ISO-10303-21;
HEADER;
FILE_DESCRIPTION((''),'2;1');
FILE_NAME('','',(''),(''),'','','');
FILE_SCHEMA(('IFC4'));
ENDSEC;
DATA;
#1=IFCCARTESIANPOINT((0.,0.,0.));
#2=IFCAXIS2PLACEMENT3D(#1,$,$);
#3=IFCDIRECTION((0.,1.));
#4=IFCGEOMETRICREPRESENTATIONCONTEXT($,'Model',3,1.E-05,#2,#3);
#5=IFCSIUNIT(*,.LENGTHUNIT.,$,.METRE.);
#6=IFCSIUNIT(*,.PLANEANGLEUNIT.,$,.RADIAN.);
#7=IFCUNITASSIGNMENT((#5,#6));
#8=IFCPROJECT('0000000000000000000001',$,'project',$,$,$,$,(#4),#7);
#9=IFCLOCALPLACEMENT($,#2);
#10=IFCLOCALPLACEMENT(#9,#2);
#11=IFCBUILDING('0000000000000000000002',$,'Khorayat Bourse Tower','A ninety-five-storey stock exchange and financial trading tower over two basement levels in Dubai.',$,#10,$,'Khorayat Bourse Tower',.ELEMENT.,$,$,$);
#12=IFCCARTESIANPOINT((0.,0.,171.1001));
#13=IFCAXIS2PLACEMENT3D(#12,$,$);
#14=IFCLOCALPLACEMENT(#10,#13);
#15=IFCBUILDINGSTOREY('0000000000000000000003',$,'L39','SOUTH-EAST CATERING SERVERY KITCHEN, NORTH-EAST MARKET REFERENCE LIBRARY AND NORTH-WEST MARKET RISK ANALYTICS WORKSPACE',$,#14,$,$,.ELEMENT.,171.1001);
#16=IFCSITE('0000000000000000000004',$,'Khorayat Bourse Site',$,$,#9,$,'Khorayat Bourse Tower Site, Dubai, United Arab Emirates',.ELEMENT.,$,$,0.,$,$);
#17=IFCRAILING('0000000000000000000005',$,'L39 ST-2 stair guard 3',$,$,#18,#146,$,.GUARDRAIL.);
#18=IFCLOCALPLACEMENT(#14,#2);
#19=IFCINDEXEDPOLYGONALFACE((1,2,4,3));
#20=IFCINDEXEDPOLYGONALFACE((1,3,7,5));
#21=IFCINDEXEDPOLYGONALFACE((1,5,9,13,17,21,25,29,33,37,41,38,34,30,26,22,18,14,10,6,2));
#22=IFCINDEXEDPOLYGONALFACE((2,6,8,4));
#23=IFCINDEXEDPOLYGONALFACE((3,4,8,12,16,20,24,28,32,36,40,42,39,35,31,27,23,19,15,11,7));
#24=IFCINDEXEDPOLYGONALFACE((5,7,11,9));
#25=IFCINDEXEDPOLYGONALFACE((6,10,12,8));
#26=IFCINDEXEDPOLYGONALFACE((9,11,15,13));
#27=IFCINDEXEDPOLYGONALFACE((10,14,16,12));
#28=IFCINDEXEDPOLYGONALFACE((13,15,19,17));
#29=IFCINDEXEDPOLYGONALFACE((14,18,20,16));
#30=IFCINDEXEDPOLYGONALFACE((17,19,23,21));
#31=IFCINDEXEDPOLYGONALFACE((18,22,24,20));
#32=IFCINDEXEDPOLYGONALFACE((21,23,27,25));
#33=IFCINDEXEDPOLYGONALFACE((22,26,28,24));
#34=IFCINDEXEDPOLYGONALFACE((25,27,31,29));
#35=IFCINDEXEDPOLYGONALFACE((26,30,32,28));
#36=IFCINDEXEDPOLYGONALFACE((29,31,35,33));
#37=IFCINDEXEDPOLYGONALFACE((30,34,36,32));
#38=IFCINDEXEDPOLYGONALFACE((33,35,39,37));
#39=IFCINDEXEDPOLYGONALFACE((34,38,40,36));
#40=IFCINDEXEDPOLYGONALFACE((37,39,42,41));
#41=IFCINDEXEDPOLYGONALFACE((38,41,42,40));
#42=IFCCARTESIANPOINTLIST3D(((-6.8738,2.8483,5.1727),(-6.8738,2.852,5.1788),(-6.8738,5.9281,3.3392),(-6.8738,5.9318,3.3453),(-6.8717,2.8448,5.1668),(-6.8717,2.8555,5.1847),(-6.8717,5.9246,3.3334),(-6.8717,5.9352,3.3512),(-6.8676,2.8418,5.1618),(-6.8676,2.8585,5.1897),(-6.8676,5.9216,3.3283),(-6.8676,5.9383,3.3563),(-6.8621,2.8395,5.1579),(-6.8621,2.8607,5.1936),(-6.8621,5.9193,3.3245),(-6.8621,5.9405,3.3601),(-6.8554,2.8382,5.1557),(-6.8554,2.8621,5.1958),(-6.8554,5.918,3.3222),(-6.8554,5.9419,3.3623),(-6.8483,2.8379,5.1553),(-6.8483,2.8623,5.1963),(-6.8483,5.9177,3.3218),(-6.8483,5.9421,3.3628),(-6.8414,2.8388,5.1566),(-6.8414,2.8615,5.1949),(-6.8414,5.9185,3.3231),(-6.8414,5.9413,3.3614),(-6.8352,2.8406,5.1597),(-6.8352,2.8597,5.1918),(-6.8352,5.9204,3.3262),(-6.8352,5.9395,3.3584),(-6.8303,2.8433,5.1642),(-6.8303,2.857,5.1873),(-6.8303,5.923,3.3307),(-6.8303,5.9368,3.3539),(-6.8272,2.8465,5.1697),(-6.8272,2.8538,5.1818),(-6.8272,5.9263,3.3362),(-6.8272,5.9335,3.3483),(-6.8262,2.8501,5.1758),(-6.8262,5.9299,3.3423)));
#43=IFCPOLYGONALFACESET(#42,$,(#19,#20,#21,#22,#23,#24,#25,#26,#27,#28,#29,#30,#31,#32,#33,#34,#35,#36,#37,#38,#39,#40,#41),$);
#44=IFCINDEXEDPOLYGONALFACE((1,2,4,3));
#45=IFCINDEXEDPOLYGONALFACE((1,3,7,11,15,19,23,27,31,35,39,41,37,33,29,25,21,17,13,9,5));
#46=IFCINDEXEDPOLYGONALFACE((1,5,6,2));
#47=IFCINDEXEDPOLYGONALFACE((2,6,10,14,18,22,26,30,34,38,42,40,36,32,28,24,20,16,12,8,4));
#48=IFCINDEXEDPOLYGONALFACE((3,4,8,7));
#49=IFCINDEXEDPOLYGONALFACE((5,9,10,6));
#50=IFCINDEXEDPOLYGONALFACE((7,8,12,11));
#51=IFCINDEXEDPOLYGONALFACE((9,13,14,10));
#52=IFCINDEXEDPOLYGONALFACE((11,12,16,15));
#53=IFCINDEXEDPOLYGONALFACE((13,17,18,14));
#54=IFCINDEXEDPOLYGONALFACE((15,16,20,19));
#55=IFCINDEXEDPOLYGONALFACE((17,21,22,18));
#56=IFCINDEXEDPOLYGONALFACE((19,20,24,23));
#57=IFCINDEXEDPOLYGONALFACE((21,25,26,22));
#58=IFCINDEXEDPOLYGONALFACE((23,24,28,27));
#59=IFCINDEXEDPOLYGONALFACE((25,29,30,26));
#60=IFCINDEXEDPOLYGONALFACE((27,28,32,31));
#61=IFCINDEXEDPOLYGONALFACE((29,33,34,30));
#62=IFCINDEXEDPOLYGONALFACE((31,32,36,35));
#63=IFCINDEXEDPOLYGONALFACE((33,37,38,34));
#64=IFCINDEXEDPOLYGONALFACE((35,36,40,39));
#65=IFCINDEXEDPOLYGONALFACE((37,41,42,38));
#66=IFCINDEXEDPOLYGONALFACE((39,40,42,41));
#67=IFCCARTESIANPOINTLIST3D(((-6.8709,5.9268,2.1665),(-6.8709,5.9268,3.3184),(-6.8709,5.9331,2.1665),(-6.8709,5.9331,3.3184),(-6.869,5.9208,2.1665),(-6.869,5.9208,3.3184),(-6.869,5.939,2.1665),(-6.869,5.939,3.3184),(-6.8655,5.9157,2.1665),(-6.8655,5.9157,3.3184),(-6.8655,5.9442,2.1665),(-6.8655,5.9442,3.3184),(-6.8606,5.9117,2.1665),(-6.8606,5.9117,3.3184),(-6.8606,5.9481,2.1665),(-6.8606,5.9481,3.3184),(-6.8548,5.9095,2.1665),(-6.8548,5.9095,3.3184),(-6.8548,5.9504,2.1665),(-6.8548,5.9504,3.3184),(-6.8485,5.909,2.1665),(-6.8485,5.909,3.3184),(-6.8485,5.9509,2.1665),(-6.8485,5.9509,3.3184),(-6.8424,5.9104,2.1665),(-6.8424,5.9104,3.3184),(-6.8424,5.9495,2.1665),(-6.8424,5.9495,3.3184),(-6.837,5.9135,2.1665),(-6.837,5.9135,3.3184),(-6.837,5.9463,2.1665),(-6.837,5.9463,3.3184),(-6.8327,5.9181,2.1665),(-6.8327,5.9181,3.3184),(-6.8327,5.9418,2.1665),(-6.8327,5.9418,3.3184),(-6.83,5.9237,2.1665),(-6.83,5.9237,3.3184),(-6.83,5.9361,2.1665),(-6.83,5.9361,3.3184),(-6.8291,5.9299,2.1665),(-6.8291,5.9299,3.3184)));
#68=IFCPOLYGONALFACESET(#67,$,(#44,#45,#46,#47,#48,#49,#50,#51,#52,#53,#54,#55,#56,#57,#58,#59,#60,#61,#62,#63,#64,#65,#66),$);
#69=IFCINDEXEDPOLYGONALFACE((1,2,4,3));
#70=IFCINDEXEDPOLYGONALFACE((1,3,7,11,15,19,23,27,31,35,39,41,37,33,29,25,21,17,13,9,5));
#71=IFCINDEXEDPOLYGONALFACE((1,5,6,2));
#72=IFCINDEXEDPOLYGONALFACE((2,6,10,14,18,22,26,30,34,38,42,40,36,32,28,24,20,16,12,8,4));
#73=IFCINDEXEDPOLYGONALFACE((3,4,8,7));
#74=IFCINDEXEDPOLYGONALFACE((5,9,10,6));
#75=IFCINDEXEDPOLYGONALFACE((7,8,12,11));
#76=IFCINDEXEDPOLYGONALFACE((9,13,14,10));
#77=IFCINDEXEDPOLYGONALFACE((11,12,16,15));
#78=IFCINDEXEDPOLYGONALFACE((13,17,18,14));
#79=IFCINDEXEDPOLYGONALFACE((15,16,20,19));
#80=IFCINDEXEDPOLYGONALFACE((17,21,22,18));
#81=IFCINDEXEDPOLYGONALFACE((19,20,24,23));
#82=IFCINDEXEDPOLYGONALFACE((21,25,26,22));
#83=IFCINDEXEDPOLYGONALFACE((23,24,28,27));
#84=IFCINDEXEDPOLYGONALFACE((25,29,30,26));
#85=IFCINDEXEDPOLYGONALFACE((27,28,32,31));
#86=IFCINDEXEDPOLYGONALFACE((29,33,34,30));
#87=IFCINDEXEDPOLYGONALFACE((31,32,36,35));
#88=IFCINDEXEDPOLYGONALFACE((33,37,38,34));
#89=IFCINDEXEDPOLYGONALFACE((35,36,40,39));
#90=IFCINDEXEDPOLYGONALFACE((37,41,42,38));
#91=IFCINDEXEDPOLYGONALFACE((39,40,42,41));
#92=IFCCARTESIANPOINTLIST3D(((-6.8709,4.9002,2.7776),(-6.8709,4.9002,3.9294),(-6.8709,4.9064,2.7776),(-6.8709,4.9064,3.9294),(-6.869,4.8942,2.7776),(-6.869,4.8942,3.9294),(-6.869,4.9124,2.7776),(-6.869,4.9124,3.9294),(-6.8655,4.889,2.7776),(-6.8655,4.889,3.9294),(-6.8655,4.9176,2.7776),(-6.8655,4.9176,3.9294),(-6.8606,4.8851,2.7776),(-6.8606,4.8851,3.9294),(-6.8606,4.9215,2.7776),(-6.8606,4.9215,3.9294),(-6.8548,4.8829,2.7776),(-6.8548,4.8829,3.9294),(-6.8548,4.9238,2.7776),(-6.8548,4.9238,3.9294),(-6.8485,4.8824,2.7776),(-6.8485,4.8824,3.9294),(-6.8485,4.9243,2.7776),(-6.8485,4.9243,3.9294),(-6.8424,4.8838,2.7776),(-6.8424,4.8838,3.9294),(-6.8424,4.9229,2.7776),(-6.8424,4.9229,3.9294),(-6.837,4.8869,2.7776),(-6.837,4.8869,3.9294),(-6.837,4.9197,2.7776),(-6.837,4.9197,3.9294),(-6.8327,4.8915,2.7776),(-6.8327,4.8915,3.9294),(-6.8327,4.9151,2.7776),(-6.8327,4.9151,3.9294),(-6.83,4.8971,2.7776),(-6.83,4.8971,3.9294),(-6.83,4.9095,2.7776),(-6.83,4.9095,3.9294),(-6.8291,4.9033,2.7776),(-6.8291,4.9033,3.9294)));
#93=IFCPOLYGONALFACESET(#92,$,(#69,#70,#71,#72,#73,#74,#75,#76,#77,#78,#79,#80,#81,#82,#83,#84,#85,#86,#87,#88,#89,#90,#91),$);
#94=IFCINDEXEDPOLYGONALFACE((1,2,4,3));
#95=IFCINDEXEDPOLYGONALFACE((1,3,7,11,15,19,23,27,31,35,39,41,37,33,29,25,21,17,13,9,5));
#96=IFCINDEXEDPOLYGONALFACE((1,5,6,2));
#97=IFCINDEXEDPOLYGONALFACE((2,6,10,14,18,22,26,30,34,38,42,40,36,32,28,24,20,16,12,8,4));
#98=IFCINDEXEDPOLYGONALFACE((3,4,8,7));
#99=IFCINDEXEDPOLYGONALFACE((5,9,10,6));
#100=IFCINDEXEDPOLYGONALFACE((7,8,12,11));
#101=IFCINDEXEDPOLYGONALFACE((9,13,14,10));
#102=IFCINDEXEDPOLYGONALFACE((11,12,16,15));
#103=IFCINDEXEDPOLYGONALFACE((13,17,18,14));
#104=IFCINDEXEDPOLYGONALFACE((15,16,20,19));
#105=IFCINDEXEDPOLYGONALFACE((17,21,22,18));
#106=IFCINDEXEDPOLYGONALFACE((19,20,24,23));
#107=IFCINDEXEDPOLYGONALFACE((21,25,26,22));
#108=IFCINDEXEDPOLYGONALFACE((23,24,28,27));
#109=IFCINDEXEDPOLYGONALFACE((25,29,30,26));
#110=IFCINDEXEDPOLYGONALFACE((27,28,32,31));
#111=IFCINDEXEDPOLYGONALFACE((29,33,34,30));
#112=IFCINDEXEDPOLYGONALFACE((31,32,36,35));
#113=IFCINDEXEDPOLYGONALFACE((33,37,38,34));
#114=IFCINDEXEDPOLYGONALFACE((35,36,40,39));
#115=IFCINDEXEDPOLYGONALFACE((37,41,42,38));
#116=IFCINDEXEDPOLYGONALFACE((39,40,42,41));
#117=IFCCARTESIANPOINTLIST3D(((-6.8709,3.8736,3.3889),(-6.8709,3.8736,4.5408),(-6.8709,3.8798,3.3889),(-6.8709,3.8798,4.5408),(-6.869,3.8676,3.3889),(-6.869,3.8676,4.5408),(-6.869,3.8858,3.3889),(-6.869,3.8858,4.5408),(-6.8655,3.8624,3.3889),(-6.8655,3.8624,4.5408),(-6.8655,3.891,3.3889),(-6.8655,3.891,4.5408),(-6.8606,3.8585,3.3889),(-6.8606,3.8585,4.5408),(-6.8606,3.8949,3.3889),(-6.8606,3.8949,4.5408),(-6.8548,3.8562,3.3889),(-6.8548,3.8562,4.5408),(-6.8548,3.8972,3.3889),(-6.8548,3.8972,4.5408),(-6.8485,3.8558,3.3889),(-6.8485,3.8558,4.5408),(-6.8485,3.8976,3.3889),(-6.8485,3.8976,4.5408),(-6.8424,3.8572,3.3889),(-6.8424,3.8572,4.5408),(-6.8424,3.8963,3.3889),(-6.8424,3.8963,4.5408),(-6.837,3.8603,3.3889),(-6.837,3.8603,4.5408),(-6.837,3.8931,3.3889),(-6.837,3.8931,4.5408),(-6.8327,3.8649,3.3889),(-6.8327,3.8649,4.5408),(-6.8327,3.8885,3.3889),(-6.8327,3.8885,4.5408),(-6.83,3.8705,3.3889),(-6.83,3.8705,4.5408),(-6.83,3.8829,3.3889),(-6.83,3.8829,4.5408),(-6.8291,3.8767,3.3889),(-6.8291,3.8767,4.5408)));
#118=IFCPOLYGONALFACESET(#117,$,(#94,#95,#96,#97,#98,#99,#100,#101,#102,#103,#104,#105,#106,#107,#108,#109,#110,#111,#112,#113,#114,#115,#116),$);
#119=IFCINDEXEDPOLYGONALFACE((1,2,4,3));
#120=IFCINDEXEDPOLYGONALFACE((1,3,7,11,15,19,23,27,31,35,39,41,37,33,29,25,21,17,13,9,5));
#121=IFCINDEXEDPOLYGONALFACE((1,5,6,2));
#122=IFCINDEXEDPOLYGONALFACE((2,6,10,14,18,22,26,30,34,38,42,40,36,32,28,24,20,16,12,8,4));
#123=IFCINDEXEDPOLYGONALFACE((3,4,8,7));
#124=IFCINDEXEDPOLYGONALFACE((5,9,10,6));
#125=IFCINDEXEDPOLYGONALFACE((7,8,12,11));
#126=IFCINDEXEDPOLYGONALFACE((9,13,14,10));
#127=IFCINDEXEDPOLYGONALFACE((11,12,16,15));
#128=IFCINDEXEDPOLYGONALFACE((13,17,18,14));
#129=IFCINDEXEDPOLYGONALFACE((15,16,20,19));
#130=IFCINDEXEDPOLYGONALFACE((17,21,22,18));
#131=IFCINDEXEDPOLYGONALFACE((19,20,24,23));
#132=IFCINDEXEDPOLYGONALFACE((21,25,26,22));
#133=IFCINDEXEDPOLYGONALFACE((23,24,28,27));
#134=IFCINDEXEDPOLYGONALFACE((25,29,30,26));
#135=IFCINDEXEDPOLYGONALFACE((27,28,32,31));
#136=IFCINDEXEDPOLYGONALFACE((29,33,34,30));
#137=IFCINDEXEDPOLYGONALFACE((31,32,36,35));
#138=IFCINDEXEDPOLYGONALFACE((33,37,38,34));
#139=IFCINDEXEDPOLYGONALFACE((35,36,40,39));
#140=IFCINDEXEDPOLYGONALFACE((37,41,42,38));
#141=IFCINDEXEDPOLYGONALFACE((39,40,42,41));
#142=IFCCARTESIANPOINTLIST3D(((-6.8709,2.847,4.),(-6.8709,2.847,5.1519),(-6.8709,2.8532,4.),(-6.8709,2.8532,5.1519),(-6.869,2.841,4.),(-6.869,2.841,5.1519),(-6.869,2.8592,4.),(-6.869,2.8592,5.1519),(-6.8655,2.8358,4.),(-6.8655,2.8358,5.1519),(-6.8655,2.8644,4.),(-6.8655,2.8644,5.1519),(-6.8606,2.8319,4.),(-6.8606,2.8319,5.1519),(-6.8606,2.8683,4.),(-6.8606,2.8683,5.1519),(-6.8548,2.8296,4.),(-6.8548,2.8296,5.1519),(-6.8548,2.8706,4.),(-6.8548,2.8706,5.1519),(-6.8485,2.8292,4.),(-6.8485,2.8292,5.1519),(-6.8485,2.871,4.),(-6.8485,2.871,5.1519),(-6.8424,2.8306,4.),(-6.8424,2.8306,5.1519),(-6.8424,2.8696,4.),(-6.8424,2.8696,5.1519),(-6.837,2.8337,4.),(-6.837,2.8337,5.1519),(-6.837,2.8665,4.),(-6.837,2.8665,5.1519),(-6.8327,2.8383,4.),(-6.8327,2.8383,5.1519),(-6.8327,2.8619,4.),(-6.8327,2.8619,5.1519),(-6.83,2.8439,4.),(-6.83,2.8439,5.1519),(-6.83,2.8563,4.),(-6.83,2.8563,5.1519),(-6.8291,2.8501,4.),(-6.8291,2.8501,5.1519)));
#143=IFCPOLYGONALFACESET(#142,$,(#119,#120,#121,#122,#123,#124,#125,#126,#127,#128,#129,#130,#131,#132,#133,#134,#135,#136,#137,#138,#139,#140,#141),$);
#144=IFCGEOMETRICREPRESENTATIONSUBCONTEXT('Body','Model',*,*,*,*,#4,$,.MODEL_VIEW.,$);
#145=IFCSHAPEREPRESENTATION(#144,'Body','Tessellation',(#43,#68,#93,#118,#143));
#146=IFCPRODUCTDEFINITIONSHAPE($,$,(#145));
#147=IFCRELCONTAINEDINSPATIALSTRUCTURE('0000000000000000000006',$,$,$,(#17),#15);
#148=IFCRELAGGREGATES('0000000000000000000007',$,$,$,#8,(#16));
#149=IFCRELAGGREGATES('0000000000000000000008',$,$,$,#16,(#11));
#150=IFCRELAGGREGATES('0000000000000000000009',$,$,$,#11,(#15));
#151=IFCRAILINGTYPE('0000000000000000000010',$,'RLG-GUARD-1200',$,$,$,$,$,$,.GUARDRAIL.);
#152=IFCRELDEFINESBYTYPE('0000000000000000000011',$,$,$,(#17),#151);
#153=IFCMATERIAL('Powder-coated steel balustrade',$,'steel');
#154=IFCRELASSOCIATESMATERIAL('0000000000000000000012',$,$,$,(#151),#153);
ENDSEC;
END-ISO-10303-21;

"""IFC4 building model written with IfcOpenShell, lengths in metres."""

from ifc_helpers import new_model, si_unit, direction, frame, origin, origin_2d, place, context, subcontext, project, spatial, circle, extrude, source, transform, mapped, material, type_object, element, save


model = new_model("IFC4")

# Units and contexts
model_context = context("Model", 3, precision=1e-05, world=origin(), true_north=direction((0.0, 1.0)))
body_context = subcontext(model_context, "Body", "Model", "MODEL_VIEW")
ifc_project = project(units=[si_unit("LENGTHUNIT", "METRE"), si_unit("PLANEANGLEUNIT", "RADIAN")], contexts=[model_context])

# Site, building, storey
site_placement = place(None, origin())
site = spatial("IfcSite", under=ifc_project, at=site_placement, Name="Khorayat Bourse Site", LongName="Khorayat Bourse Tower Site, Dubai, United Arab Emirates", CompositionType="ELEMENT", RefElevation=0.0)
building_placement = place(site_placement, origin())
building = spatial("IfcBuilding", under=site, at=building_placement, Name="Khorayat Bourse Tower", Description="A ninety-five-storey stock exchange and financial trading tower over two basement levels in Dubai.", LongName="Khorayat Bourse Tower", CompositionType="ELEMENT")
storey_placement = place(building_placement, frame((0.0, 0.0, 171.1001)))
storey = spatial("IfcBuildingStorey", under=building, at=storey_placement, Name="L39", Description="SOUTH-EAST CATERING SERVERY KITCHEN, NORTH-EAST MARKET REFERENCE LIBRARY AND NORTH-WEST MARKET RISK ANALYTICS WORKSPACE", CompositionType="ELEMENT", Elevation=171.1001)

# Railing
ifc_material_1 = material(Name="Powder-coated steel balustrade", Category="steel")
railing_type_1 = type_object("IfcRailingType", Name="RLG-GUARD-1200", PredefinedType="GUARDRAIL", material=ifc_material_1)
shared_shape_1 = source(origin(), body_context, "Body", "SweptSolid", [
    extrude(circle(Radius=0.0239, at=origin_2d()), frame((0.0, 0.0, 1.1758), z_axis=(0.0, -0.859261, 0.511538), x_axis=(1.0, 0.0, 0.0)), (0.0, 0.0, 1.0), 3.5842),
    extrude(circle(Radius=0.021, at=origin_2d()), origin(), (0.0, 0.0, 1.0), 1.1519),
    extrude(circle(Radius=0.021, at=origin_2d()), frame((0.0, -1.0266, 0.6111)), (0.0, 0.0, 1.0), 1.1519),
    extrude(circle(Radius=0.021, at=origin_2d()), frame((0.0, -2.0532, 1.2224)), (0.0, 0.0, 1.0), 1.1519),
    extrude(circle(Radius=0.021, at=origin_2d()), frame((0.0, -3.0798, 1.8335)), (0.0, 0.0, 1.0), 1.1519),
])
railing_1_placement = place(storey_placement, frame((-6.8501, 5.9299, 2.1665)))
element("IfcRailing", 1, at=railing_1_placement, inside=storey, type_object=railing_type_1, Name="L39 ST-2 stair guard 3", PredefinedType="GUARDRAIL", context=body_context, shape_type="MappedRepresentation", body=[
    mapped(shared_shape_1, transform((0.0, 0.0, 0.0), scale=1.0)),
])

save(model, "model.ifc")
